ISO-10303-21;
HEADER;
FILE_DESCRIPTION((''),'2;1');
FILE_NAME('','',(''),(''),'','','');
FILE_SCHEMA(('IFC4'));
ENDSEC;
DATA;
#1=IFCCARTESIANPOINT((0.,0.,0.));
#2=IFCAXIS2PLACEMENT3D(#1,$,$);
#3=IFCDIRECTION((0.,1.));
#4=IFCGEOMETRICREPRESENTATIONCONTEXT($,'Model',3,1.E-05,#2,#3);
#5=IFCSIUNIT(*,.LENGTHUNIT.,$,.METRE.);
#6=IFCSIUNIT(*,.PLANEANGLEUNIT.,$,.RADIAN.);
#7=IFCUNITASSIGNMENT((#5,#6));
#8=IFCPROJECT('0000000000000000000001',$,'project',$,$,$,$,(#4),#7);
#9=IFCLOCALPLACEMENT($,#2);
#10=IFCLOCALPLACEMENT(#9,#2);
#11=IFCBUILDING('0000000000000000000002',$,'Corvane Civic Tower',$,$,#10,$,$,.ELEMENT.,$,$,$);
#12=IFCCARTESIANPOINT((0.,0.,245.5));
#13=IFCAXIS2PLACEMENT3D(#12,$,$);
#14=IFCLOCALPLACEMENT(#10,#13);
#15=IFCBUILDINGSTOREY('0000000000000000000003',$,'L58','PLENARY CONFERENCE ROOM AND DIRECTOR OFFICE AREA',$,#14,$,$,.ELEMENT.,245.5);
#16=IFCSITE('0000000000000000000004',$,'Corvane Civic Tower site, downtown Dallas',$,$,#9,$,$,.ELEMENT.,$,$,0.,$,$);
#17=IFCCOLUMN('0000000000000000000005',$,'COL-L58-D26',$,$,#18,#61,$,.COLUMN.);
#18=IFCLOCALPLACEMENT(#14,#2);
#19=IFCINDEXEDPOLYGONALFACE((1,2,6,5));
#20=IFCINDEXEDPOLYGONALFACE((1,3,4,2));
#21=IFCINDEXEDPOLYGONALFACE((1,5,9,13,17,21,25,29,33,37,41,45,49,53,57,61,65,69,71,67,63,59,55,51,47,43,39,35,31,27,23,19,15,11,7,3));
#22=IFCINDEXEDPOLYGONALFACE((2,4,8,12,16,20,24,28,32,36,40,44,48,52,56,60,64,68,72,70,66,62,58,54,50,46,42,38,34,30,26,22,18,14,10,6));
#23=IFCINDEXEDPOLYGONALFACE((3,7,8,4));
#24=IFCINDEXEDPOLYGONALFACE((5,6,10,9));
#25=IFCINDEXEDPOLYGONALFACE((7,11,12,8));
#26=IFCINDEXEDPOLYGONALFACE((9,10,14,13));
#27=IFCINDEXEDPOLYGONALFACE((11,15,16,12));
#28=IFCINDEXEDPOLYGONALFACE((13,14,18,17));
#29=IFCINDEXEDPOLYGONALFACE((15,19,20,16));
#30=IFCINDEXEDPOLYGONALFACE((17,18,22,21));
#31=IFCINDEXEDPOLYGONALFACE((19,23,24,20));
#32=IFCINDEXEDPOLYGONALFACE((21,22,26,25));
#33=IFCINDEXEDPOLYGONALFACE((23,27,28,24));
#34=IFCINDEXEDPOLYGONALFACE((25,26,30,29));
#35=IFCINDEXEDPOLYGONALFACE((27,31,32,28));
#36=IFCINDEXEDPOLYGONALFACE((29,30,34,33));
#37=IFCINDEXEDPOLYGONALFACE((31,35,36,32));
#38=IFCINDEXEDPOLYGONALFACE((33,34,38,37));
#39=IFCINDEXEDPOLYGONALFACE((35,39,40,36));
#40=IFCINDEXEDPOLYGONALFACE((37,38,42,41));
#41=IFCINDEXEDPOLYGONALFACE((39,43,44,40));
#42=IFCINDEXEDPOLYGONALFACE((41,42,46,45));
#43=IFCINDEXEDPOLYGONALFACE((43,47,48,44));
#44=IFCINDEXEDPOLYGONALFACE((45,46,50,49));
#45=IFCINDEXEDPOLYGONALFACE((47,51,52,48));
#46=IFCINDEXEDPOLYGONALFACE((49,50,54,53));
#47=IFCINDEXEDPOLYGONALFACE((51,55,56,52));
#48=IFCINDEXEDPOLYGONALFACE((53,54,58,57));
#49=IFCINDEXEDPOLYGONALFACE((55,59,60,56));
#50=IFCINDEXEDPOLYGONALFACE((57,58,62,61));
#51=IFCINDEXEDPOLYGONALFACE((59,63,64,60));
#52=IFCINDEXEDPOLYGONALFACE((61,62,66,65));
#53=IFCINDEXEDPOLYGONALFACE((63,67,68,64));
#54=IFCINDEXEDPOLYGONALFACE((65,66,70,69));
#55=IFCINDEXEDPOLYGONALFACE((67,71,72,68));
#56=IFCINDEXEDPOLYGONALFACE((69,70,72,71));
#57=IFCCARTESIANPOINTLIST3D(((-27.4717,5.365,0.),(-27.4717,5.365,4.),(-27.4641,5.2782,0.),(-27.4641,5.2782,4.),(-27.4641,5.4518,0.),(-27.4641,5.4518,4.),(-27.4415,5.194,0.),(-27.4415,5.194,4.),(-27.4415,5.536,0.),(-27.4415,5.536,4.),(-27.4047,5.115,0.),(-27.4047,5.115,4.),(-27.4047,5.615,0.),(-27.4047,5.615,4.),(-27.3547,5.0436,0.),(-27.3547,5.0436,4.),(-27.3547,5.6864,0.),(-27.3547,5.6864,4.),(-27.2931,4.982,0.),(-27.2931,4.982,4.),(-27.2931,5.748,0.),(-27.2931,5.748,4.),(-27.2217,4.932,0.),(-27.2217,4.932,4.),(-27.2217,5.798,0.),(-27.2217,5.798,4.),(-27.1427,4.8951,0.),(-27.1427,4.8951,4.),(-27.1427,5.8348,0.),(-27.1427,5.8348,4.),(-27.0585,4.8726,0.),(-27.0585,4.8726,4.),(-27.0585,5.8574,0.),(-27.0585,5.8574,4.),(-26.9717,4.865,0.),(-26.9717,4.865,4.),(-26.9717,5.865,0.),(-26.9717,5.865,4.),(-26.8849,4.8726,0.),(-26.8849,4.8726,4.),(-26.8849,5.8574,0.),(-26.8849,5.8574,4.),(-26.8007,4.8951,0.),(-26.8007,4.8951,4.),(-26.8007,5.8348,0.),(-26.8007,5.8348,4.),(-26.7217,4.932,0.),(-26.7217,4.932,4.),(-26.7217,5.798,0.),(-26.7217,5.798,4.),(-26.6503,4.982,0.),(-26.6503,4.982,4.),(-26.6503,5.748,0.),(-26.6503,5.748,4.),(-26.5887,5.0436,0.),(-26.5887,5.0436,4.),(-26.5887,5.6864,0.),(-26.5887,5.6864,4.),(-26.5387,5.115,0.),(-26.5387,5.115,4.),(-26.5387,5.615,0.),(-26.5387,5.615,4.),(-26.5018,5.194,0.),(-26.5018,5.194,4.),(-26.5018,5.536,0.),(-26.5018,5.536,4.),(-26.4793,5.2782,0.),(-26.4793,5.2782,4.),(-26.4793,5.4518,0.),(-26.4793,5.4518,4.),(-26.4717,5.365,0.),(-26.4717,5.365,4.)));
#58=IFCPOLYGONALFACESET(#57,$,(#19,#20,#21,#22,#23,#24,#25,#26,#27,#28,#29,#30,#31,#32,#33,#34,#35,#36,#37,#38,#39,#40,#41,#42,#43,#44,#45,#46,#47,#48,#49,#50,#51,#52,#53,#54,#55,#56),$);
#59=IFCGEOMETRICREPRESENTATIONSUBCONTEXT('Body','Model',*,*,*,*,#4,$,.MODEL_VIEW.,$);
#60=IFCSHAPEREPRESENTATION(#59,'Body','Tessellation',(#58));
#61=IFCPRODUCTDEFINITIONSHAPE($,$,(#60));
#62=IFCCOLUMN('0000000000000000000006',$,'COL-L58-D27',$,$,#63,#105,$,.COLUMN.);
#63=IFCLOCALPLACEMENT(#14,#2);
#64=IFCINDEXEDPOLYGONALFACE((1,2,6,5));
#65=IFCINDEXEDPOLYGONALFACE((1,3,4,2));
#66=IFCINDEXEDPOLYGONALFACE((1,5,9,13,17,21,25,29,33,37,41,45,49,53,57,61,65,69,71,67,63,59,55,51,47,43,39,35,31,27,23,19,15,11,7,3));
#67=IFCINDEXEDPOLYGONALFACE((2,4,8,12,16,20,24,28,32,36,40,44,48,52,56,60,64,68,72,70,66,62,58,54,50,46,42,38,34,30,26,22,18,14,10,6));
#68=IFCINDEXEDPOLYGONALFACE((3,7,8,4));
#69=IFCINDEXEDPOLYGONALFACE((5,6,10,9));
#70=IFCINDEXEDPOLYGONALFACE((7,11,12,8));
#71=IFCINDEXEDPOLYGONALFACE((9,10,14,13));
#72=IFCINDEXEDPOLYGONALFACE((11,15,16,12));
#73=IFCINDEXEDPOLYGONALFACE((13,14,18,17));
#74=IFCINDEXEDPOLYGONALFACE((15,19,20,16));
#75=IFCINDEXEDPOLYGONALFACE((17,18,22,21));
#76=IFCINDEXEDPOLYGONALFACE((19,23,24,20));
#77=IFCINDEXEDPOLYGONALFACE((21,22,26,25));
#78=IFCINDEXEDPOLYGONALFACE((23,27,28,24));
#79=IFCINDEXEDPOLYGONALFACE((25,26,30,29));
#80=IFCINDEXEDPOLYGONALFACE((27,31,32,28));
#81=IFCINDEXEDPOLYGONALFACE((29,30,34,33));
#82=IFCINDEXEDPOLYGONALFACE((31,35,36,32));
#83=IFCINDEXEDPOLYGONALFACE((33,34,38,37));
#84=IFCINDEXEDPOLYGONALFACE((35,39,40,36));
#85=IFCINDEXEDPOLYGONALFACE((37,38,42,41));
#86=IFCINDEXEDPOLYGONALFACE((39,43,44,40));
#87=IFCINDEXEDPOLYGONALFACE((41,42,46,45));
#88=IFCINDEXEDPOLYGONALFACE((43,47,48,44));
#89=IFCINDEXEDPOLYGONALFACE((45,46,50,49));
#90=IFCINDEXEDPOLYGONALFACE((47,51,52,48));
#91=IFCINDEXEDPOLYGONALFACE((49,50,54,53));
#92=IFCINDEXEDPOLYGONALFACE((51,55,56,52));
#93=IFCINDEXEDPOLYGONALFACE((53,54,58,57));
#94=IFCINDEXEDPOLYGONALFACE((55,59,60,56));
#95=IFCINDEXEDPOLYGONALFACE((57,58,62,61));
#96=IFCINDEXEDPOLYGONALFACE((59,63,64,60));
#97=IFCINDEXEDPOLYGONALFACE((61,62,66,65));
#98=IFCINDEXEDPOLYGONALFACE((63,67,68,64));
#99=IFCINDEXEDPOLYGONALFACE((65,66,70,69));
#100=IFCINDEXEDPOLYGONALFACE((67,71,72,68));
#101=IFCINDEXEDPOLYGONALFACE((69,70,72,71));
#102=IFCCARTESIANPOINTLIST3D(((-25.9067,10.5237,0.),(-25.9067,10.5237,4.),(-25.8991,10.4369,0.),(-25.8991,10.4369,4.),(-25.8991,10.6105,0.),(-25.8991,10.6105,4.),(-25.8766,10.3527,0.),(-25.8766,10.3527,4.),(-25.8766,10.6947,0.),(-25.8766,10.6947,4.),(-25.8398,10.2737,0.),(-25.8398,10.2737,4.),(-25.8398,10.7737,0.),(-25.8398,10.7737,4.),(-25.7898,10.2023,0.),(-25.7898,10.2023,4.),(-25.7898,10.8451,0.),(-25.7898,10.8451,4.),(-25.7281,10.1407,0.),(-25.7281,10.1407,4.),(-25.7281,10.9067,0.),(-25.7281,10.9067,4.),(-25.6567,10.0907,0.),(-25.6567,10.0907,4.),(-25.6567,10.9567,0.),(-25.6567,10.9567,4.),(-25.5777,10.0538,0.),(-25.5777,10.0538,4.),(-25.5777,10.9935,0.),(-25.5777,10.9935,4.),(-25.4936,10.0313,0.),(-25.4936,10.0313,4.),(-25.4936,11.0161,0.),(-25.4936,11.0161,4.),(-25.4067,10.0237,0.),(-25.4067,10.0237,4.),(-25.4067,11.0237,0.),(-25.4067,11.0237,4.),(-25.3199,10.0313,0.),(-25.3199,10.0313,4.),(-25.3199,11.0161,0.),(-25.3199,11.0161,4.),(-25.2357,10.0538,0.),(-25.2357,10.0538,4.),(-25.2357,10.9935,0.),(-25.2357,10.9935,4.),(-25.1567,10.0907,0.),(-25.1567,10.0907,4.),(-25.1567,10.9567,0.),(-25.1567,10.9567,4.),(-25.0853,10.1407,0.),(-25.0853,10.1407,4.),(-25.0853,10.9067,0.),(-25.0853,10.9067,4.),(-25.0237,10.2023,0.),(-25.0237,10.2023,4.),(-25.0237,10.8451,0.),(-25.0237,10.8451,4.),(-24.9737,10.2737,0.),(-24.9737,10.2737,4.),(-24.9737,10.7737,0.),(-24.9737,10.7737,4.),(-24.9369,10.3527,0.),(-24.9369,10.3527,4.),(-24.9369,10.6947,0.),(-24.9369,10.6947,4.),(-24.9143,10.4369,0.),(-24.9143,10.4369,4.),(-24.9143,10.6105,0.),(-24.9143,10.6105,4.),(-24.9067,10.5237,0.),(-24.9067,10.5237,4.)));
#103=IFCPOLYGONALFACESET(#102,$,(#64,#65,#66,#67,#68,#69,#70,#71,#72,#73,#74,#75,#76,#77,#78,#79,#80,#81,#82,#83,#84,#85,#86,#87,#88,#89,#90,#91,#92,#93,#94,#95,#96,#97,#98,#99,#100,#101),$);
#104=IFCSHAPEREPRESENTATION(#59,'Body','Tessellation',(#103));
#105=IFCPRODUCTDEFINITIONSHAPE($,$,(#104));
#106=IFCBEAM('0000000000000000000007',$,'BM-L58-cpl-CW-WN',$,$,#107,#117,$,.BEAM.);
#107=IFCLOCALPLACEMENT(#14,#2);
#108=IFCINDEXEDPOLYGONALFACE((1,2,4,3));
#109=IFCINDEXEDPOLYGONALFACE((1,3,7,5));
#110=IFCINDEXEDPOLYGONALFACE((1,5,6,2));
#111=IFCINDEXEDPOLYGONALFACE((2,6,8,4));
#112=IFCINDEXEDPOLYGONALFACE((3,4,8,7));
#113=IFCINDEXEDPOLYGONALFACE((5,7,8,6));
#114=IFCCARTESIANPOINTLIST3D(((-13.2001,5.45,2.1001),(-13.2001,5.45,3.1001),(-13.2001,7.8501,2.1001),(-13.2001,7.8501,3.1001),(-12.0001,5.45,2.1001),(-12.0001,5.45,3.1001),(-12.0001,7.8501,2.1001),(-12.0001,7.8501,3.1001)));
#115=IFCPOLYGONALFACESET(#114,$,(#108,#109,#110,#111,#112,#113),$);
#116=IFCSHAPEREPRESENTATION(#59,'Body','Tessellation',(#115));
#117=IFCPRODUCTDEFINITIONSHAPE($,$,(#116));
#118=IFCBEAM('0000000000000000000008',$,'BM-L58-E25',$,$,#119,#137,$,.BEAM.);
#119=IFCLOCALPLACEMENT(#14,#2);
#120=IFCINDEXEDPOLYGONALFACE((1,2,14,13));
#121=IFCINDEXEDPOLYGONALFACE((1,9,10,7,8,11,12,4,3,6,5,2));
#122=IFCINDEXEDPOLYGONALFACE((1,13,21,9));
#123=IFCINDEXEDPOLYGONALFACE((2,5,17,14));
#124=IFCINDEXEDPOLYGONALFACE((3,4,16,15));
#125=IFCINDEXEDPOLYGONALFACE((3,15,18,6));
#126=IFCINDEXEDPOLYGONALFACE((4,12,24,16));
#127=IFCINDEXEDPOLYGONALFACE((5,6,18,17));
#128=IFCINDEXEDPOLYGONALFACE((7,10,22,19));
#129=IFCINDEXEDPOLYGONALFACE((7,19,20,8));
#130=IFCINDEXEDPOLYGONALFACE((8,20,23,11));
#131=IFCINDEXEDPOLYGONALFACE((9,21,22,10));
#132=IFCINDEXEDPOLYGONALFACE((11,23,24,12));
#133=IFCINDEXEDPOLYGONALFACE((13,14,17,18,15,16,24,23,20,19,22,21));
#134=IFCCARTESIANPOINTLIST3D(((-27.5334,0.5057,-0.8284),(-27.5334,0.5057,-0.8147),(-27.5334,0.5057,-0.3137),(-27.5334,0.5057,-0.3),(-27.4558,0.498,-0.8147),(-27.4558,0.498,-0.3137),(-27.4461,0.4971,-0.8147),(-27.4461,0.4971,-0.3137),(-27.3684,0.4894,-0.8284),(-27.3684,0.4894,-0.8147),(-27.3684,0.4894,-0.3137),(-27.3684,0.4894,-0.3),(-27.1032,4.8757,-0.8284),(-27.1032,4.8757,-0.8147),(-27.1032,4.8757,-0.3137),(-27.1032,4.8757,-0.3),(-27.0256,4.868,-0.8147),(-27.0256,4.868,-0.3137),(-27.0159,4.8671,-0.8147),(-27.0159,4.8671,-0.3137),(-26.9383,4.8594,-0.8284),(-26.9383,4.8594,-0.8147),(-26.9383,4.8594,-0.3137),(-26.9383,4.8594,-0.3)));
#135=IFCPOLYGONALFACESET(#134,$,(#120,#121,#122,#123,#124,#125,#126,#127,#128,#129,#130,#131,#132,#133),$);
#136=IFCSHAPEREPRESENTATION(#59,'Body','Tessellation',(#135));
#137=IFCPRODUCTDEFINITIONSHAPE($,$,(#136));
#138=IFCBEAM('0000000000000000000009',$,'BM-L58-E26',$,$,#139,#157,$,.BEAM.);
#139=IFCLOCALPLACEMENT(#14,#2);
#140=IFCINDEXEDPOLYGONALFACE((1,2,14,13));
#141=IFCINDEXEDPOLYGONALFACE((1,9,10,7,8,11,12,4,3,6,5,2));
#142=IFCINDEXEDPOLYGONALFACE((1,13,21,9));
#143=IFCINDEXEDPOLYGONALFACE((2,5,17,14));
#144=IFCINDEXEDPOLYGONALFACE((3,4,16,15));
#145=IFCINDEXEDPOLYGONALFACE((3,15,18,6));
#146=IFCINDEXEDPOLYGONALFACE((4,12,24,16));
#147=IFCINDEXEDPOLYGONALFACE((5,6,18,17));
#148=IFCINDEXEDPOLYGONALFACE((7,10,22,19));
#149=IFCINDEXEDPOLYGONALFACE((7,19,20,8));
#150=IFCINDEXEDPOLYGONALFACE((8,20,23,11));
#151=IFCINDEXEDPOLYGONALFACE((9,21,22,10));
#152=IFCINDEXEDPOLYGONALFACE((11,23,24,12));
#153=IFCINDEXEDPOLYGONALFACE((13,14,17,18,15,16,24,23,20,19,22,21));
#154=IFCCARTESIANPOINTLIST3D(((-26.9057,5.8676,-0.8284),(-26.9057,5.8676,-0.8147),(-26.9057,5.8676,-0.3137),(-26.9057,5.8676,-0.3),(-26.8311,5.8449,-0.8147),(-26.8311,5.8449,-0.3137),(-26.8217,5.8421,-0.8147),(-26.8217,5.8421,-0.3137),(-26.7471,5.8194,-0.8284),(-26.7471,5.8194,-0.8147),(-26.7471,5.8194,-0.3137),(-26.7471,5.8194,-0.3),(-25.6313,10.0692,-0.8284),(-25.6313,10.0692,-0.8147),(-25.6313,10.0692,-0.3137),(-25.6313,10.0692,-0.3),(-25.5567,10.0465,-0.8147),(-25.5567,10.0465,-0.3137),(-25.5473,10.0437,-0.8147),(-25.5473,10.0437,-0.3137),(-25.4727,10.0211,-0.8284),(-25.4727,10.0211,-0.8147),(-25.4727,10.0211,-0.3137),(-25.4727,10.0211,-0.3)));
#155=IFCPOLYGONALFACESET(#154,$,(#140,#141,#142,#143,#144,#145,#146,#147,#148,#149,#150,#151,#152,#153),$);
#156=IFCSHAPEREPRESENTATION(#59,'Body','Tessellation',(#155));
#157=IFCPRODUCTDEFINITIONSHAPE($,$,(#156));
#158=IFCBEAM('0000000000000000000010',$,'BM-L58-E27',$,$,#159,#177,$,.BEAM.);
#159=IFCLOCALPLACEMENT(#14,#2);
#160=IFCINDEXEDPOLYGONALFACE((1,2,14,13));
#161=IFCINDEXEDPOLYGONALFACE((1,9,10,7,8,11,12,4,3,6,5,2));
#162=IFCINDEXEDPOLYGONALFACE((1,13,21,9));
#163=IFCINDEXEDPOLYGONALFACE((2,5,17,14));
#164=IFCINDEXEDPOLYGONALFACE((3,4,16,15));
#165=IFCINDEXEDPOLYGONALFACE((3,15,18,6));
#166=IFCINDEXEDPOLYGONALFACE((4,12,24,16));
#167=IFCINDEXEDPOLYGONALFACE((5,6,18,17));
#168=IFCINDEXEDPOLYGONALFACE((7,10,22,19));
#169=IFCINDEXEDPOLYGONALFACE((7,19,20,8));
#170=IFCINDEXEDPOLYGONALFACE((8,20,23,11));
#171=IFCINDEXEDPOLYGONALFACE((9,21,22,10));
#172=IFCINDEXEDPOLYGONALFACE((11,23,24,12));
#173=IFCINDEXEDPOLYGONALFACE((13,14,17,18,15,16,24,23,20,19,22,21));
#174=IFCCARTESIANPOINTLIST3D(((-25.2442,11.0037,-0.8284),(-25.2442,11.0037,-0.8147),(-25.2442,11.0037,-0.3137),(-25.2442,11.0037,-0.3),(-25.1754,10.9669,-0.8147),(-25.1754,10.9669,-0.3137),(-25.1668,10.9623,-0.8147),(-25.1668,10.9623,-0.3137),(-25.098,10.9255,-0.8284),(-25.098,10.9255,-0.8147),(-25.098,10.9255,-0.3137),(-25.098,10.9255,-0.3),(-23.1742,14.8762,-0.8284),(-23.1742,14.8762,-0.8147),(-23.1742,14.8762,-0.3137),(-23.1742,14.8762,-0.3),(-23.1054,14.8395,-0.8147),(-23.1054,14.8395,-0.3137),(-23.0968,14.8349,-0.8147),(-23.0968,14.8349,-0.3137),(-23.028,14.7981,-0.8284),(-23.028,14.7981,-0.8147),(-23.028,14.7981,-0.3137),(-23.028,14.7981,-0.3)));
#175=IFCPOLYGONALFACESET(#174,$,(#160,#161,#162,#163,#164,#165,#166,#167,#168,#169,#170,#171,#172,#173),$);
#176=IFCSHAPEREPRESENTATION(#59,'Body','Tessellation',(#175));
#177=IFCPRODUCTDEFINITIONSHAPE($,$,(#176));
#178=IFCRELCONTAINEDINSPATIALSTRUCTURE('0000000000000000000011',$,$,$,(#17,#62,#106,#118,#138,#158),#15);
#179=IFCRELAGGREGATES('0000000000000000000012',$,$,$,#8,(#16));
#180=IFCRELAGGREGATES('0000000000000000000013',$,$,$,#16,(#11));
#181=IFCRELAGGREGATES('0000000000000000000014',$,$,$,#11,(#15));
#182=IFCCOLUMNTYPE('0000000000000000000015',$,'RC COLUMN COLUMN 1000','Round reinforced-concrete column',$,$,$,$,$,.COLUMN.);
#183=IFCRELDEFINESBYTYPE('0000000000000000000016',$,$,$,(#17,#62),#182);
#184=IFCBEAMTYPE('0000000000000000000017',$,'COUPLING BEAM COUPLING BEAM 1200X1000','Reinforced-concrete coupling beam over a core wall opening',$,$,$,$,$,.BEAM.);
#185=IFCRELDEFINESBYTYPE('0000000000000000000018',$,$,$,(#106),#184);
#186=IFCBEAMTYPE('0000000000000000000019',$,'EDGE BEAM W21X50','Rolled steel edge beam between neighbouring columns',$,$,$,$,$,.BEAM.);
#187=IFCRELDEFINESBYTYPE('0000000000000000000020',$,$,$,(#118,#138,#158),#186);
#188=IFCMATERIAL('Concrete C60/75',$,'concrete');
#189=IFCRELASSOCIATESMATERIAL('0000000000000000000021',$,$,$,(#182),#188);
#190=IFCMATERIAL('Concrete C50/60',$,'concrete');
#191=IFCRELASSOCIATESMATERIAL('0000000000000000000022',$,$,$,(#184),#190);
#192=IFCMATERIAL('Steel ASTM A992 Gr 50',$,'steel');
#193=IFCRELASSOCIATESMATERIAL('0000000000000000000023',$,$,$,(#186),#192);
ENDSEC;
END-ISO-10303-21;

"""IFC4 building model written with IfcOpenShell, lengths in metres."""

from ifc_helpers import new_model, si_unit, direction, frame, origin, origin_2d, place, context, subcontext, project, spatial, rectangle, circle, i_section, extrude, material, material_profile, profile_set, type_object, element, save


model = new_model("IFC4")

# Units and contexts
model_context = context("Model", 3, precision=1e-05, world=origin(), true_north=direction((0.0, 1.0)))
body_context = subcontext(model_context, "Body", "Model", "MODEL_VIEW")
ifc_project = project(units=[si_unit("LENGTHUNIT", "METRE"), si_unit("PLANEANGLEUNIT", "RADIAN")], contexts=[model_context])

# Site, building, storey
site_placement = place(None, origin())
site = spatial("IfcSite", under=ifc_project, at=site_placement, Name="Corvane Civic Tower site, downtown Dallas", CompositionType="ELEMENT", RefElevation=0.0)
building_placement = place(site_placement, origin())
building = spatial("IfcBuilding", under=site, at=building_placement, Name="Corvane Civic Tower", CompositionType="ELEMENT")
storey_placement = place(building_placement, frame((0.0, 0.0, 245.5)))
storey = spatial("IfcBuildingStorey", under=building, at=storey_placement, Name="L58", Description="PLENARY CONFERENCE ROOM AND DIRECTOR OFFICE AREA", CompositionType="ELEMENT", Elevation=245.5)

# Columns
ifc_material_1 = material(Name="Concrete C60/75", Category="concrete")
ifc_material_profile_1 = material_profile(ifc_material_1, circle(Radius=0.5, at=origin_2d()), Name="COLUMN 1000")
ifc_profile_set_1 = profile_set([ifc_material_profile_1], Name="Concrete C60/75")
column_type = type_object("IfcColumnType", Name="RC COLUMN COLUMN 1000", Description="Round reinforced-concrete column", PredefinedType="COLUMN", material=ifc_profile_set_1)
for number, where, z_axis, x_axis, name in (
    (1, (-26.9717, 5.365, 0.0), (0.0, 0.0, 1.0), (1.0, 0.0, 0.0), "COL-L58-D26"),
    (2, (-25.4067, 10.5237, 0.0), (0.0, 0.0, 1.0), (1.0, 0.0, 0.0), "COL-L58-D27"),
):
    element("IfcColumn", number, at=place(storey_placement, frame(where, z_axis=z_axis, x_axis=x_axis)), inside=storey, type_object=column_type, Name=name, PredefinedType="COLUMN", context=body_context, shape_type="SweptSolid", body=[
        extrude(circle(Radius=0.5, at=origin_2d()), origin(), (0.0, 0.0, 1.0), 4.0),
    ])

# Beams
ifc_material_2 = material(Name="Concrete C50/60", Category="concrete")
ifc_material_profile_2 = material_profile(ifc_material_2, rectangle(XDim=1.2, YDim=1.0, at=origin_2d()), Name="COUPLING BEAM 1200X1000")
ifc_profile_set_2 = profile_set([ifc_material_profile_2], Name="Concrete C50/60")
beam_type_1 = type_object("IfcBeamType", Name="COUPLING BEAM COUPLING BEAM 1200X1000", Description="Reinforced-concrete coupling beam over a core wall opening", PredefinedType="BEAM", material=ifc_profile_set_2)
beam_1_placement = place(storey_placement, frame((-12.6001, 5.45, 2.6001), z_axis=(0.0, 1.0, 0.0), x_axis=(-1.0, 0.0, 0.0)))
element("IfcBeam", 3, at=beam_1_placement, inside=storey, type_object=beam_type_1, Name="BM-L58-cpl-CW-WN", PredefinedType="BEAM", context=body_context, shape_type="SweptSolid", body=[
    extrude(rectangle(XDim=1.2, YDim=1.0, at=origin_2d()), origin(), (0.0, 0.0, 1.0), 2.4001),
])
ifc_material_3 = material(Name="Steel ASTM A992 Gr 50", Category="steel")
ifc_material_profile_3 = material_profile(ifc_material_3, i_section(OverallWidth=0.1658, OverallDepth=0.5283, WebThickness=0.0098, FlangeThickness=0.0137, at=origin_2d()), Name="W21X50")
ifc_profile_set_3 = profile_set([ifc_material_profile_3], Name="Steel ASTM A992 Gr 50")
beam_type_2 = type_object("IfcBeamType", Name="EDGE BEAM W21X50", Description="Rolled steel edge beam between neighbouring columns", PredefinedType="BEAM", material=ifc_profile_set_3)
beam_2_placement = place(storey_placement, frame((-27.4509, 0.4976, -0.5642), z_axis=(0.097968, 0.99519, 0.0), x_axis=(-0.99519, 0.097968, 0.0)))
element("IfcBeam", 4, at=beam_2_placement, inside=storey, type_object=beam_type_2, Name="BM-L58-E25", PredefinedType="BEAM", context=body_context, shape_type="SweptSolid", body=[
    extrude(i_section(OverallWidth=0.1658, OverallDepth=0.5283, WebThickness=0.0098, FlangeThickness=0.0137, at=origin_2d()), origin(), (0.0, 0.0, 1.0), 4.3911),
])
beam_3_placement = place(storey_placement, frame((-26.8264, 5.8435, -0.5642), z_axis=(0.290254, 0.95695, 0.0), x_axis=(-0.95695, 0.290254, 0.0)))
element("IfcBeam", 5, at=beam_3_placement, inside=storey, type_object=beam_type_2, Name="BM-L58-E26", PredefinedType="BEAM", context=body_context, shape_type="SweptSolid", body=[
    extrude(i_section(OverallWidth=0.1658, OverallDepth=0.5283, WebThickness=0.0098, FlangeThickness=0.0137, at=origin_2d()), origin(), (0.0, 0.0, 1.0), 4.3906),
])
beam_4_placement = place(storey_placement, frame((-25.1711, 10.9646, -0.5642), z_axis=(0.471422, 0.881908, 0.0), x_axis=(-0.881908, 0.471422, 0.0)))
element("IfcBeam", 6, at=beam_4_placement, inside=storey, type_object=beam_type_2, Name="BM-L58-E27", PredefinedType="BEAM", context=body_context, shape_type="SweptSolid", body=[
    extrude(i_section(OverallWidth=0.1658, OverallDepth=0.5283, WebThickness=0.0098, FlangeThickness=0.0137, at=origin_2d()), origin(), (0.0, 0.0, 1.0), 4.3911),
])

save(model, "model.ifc")
